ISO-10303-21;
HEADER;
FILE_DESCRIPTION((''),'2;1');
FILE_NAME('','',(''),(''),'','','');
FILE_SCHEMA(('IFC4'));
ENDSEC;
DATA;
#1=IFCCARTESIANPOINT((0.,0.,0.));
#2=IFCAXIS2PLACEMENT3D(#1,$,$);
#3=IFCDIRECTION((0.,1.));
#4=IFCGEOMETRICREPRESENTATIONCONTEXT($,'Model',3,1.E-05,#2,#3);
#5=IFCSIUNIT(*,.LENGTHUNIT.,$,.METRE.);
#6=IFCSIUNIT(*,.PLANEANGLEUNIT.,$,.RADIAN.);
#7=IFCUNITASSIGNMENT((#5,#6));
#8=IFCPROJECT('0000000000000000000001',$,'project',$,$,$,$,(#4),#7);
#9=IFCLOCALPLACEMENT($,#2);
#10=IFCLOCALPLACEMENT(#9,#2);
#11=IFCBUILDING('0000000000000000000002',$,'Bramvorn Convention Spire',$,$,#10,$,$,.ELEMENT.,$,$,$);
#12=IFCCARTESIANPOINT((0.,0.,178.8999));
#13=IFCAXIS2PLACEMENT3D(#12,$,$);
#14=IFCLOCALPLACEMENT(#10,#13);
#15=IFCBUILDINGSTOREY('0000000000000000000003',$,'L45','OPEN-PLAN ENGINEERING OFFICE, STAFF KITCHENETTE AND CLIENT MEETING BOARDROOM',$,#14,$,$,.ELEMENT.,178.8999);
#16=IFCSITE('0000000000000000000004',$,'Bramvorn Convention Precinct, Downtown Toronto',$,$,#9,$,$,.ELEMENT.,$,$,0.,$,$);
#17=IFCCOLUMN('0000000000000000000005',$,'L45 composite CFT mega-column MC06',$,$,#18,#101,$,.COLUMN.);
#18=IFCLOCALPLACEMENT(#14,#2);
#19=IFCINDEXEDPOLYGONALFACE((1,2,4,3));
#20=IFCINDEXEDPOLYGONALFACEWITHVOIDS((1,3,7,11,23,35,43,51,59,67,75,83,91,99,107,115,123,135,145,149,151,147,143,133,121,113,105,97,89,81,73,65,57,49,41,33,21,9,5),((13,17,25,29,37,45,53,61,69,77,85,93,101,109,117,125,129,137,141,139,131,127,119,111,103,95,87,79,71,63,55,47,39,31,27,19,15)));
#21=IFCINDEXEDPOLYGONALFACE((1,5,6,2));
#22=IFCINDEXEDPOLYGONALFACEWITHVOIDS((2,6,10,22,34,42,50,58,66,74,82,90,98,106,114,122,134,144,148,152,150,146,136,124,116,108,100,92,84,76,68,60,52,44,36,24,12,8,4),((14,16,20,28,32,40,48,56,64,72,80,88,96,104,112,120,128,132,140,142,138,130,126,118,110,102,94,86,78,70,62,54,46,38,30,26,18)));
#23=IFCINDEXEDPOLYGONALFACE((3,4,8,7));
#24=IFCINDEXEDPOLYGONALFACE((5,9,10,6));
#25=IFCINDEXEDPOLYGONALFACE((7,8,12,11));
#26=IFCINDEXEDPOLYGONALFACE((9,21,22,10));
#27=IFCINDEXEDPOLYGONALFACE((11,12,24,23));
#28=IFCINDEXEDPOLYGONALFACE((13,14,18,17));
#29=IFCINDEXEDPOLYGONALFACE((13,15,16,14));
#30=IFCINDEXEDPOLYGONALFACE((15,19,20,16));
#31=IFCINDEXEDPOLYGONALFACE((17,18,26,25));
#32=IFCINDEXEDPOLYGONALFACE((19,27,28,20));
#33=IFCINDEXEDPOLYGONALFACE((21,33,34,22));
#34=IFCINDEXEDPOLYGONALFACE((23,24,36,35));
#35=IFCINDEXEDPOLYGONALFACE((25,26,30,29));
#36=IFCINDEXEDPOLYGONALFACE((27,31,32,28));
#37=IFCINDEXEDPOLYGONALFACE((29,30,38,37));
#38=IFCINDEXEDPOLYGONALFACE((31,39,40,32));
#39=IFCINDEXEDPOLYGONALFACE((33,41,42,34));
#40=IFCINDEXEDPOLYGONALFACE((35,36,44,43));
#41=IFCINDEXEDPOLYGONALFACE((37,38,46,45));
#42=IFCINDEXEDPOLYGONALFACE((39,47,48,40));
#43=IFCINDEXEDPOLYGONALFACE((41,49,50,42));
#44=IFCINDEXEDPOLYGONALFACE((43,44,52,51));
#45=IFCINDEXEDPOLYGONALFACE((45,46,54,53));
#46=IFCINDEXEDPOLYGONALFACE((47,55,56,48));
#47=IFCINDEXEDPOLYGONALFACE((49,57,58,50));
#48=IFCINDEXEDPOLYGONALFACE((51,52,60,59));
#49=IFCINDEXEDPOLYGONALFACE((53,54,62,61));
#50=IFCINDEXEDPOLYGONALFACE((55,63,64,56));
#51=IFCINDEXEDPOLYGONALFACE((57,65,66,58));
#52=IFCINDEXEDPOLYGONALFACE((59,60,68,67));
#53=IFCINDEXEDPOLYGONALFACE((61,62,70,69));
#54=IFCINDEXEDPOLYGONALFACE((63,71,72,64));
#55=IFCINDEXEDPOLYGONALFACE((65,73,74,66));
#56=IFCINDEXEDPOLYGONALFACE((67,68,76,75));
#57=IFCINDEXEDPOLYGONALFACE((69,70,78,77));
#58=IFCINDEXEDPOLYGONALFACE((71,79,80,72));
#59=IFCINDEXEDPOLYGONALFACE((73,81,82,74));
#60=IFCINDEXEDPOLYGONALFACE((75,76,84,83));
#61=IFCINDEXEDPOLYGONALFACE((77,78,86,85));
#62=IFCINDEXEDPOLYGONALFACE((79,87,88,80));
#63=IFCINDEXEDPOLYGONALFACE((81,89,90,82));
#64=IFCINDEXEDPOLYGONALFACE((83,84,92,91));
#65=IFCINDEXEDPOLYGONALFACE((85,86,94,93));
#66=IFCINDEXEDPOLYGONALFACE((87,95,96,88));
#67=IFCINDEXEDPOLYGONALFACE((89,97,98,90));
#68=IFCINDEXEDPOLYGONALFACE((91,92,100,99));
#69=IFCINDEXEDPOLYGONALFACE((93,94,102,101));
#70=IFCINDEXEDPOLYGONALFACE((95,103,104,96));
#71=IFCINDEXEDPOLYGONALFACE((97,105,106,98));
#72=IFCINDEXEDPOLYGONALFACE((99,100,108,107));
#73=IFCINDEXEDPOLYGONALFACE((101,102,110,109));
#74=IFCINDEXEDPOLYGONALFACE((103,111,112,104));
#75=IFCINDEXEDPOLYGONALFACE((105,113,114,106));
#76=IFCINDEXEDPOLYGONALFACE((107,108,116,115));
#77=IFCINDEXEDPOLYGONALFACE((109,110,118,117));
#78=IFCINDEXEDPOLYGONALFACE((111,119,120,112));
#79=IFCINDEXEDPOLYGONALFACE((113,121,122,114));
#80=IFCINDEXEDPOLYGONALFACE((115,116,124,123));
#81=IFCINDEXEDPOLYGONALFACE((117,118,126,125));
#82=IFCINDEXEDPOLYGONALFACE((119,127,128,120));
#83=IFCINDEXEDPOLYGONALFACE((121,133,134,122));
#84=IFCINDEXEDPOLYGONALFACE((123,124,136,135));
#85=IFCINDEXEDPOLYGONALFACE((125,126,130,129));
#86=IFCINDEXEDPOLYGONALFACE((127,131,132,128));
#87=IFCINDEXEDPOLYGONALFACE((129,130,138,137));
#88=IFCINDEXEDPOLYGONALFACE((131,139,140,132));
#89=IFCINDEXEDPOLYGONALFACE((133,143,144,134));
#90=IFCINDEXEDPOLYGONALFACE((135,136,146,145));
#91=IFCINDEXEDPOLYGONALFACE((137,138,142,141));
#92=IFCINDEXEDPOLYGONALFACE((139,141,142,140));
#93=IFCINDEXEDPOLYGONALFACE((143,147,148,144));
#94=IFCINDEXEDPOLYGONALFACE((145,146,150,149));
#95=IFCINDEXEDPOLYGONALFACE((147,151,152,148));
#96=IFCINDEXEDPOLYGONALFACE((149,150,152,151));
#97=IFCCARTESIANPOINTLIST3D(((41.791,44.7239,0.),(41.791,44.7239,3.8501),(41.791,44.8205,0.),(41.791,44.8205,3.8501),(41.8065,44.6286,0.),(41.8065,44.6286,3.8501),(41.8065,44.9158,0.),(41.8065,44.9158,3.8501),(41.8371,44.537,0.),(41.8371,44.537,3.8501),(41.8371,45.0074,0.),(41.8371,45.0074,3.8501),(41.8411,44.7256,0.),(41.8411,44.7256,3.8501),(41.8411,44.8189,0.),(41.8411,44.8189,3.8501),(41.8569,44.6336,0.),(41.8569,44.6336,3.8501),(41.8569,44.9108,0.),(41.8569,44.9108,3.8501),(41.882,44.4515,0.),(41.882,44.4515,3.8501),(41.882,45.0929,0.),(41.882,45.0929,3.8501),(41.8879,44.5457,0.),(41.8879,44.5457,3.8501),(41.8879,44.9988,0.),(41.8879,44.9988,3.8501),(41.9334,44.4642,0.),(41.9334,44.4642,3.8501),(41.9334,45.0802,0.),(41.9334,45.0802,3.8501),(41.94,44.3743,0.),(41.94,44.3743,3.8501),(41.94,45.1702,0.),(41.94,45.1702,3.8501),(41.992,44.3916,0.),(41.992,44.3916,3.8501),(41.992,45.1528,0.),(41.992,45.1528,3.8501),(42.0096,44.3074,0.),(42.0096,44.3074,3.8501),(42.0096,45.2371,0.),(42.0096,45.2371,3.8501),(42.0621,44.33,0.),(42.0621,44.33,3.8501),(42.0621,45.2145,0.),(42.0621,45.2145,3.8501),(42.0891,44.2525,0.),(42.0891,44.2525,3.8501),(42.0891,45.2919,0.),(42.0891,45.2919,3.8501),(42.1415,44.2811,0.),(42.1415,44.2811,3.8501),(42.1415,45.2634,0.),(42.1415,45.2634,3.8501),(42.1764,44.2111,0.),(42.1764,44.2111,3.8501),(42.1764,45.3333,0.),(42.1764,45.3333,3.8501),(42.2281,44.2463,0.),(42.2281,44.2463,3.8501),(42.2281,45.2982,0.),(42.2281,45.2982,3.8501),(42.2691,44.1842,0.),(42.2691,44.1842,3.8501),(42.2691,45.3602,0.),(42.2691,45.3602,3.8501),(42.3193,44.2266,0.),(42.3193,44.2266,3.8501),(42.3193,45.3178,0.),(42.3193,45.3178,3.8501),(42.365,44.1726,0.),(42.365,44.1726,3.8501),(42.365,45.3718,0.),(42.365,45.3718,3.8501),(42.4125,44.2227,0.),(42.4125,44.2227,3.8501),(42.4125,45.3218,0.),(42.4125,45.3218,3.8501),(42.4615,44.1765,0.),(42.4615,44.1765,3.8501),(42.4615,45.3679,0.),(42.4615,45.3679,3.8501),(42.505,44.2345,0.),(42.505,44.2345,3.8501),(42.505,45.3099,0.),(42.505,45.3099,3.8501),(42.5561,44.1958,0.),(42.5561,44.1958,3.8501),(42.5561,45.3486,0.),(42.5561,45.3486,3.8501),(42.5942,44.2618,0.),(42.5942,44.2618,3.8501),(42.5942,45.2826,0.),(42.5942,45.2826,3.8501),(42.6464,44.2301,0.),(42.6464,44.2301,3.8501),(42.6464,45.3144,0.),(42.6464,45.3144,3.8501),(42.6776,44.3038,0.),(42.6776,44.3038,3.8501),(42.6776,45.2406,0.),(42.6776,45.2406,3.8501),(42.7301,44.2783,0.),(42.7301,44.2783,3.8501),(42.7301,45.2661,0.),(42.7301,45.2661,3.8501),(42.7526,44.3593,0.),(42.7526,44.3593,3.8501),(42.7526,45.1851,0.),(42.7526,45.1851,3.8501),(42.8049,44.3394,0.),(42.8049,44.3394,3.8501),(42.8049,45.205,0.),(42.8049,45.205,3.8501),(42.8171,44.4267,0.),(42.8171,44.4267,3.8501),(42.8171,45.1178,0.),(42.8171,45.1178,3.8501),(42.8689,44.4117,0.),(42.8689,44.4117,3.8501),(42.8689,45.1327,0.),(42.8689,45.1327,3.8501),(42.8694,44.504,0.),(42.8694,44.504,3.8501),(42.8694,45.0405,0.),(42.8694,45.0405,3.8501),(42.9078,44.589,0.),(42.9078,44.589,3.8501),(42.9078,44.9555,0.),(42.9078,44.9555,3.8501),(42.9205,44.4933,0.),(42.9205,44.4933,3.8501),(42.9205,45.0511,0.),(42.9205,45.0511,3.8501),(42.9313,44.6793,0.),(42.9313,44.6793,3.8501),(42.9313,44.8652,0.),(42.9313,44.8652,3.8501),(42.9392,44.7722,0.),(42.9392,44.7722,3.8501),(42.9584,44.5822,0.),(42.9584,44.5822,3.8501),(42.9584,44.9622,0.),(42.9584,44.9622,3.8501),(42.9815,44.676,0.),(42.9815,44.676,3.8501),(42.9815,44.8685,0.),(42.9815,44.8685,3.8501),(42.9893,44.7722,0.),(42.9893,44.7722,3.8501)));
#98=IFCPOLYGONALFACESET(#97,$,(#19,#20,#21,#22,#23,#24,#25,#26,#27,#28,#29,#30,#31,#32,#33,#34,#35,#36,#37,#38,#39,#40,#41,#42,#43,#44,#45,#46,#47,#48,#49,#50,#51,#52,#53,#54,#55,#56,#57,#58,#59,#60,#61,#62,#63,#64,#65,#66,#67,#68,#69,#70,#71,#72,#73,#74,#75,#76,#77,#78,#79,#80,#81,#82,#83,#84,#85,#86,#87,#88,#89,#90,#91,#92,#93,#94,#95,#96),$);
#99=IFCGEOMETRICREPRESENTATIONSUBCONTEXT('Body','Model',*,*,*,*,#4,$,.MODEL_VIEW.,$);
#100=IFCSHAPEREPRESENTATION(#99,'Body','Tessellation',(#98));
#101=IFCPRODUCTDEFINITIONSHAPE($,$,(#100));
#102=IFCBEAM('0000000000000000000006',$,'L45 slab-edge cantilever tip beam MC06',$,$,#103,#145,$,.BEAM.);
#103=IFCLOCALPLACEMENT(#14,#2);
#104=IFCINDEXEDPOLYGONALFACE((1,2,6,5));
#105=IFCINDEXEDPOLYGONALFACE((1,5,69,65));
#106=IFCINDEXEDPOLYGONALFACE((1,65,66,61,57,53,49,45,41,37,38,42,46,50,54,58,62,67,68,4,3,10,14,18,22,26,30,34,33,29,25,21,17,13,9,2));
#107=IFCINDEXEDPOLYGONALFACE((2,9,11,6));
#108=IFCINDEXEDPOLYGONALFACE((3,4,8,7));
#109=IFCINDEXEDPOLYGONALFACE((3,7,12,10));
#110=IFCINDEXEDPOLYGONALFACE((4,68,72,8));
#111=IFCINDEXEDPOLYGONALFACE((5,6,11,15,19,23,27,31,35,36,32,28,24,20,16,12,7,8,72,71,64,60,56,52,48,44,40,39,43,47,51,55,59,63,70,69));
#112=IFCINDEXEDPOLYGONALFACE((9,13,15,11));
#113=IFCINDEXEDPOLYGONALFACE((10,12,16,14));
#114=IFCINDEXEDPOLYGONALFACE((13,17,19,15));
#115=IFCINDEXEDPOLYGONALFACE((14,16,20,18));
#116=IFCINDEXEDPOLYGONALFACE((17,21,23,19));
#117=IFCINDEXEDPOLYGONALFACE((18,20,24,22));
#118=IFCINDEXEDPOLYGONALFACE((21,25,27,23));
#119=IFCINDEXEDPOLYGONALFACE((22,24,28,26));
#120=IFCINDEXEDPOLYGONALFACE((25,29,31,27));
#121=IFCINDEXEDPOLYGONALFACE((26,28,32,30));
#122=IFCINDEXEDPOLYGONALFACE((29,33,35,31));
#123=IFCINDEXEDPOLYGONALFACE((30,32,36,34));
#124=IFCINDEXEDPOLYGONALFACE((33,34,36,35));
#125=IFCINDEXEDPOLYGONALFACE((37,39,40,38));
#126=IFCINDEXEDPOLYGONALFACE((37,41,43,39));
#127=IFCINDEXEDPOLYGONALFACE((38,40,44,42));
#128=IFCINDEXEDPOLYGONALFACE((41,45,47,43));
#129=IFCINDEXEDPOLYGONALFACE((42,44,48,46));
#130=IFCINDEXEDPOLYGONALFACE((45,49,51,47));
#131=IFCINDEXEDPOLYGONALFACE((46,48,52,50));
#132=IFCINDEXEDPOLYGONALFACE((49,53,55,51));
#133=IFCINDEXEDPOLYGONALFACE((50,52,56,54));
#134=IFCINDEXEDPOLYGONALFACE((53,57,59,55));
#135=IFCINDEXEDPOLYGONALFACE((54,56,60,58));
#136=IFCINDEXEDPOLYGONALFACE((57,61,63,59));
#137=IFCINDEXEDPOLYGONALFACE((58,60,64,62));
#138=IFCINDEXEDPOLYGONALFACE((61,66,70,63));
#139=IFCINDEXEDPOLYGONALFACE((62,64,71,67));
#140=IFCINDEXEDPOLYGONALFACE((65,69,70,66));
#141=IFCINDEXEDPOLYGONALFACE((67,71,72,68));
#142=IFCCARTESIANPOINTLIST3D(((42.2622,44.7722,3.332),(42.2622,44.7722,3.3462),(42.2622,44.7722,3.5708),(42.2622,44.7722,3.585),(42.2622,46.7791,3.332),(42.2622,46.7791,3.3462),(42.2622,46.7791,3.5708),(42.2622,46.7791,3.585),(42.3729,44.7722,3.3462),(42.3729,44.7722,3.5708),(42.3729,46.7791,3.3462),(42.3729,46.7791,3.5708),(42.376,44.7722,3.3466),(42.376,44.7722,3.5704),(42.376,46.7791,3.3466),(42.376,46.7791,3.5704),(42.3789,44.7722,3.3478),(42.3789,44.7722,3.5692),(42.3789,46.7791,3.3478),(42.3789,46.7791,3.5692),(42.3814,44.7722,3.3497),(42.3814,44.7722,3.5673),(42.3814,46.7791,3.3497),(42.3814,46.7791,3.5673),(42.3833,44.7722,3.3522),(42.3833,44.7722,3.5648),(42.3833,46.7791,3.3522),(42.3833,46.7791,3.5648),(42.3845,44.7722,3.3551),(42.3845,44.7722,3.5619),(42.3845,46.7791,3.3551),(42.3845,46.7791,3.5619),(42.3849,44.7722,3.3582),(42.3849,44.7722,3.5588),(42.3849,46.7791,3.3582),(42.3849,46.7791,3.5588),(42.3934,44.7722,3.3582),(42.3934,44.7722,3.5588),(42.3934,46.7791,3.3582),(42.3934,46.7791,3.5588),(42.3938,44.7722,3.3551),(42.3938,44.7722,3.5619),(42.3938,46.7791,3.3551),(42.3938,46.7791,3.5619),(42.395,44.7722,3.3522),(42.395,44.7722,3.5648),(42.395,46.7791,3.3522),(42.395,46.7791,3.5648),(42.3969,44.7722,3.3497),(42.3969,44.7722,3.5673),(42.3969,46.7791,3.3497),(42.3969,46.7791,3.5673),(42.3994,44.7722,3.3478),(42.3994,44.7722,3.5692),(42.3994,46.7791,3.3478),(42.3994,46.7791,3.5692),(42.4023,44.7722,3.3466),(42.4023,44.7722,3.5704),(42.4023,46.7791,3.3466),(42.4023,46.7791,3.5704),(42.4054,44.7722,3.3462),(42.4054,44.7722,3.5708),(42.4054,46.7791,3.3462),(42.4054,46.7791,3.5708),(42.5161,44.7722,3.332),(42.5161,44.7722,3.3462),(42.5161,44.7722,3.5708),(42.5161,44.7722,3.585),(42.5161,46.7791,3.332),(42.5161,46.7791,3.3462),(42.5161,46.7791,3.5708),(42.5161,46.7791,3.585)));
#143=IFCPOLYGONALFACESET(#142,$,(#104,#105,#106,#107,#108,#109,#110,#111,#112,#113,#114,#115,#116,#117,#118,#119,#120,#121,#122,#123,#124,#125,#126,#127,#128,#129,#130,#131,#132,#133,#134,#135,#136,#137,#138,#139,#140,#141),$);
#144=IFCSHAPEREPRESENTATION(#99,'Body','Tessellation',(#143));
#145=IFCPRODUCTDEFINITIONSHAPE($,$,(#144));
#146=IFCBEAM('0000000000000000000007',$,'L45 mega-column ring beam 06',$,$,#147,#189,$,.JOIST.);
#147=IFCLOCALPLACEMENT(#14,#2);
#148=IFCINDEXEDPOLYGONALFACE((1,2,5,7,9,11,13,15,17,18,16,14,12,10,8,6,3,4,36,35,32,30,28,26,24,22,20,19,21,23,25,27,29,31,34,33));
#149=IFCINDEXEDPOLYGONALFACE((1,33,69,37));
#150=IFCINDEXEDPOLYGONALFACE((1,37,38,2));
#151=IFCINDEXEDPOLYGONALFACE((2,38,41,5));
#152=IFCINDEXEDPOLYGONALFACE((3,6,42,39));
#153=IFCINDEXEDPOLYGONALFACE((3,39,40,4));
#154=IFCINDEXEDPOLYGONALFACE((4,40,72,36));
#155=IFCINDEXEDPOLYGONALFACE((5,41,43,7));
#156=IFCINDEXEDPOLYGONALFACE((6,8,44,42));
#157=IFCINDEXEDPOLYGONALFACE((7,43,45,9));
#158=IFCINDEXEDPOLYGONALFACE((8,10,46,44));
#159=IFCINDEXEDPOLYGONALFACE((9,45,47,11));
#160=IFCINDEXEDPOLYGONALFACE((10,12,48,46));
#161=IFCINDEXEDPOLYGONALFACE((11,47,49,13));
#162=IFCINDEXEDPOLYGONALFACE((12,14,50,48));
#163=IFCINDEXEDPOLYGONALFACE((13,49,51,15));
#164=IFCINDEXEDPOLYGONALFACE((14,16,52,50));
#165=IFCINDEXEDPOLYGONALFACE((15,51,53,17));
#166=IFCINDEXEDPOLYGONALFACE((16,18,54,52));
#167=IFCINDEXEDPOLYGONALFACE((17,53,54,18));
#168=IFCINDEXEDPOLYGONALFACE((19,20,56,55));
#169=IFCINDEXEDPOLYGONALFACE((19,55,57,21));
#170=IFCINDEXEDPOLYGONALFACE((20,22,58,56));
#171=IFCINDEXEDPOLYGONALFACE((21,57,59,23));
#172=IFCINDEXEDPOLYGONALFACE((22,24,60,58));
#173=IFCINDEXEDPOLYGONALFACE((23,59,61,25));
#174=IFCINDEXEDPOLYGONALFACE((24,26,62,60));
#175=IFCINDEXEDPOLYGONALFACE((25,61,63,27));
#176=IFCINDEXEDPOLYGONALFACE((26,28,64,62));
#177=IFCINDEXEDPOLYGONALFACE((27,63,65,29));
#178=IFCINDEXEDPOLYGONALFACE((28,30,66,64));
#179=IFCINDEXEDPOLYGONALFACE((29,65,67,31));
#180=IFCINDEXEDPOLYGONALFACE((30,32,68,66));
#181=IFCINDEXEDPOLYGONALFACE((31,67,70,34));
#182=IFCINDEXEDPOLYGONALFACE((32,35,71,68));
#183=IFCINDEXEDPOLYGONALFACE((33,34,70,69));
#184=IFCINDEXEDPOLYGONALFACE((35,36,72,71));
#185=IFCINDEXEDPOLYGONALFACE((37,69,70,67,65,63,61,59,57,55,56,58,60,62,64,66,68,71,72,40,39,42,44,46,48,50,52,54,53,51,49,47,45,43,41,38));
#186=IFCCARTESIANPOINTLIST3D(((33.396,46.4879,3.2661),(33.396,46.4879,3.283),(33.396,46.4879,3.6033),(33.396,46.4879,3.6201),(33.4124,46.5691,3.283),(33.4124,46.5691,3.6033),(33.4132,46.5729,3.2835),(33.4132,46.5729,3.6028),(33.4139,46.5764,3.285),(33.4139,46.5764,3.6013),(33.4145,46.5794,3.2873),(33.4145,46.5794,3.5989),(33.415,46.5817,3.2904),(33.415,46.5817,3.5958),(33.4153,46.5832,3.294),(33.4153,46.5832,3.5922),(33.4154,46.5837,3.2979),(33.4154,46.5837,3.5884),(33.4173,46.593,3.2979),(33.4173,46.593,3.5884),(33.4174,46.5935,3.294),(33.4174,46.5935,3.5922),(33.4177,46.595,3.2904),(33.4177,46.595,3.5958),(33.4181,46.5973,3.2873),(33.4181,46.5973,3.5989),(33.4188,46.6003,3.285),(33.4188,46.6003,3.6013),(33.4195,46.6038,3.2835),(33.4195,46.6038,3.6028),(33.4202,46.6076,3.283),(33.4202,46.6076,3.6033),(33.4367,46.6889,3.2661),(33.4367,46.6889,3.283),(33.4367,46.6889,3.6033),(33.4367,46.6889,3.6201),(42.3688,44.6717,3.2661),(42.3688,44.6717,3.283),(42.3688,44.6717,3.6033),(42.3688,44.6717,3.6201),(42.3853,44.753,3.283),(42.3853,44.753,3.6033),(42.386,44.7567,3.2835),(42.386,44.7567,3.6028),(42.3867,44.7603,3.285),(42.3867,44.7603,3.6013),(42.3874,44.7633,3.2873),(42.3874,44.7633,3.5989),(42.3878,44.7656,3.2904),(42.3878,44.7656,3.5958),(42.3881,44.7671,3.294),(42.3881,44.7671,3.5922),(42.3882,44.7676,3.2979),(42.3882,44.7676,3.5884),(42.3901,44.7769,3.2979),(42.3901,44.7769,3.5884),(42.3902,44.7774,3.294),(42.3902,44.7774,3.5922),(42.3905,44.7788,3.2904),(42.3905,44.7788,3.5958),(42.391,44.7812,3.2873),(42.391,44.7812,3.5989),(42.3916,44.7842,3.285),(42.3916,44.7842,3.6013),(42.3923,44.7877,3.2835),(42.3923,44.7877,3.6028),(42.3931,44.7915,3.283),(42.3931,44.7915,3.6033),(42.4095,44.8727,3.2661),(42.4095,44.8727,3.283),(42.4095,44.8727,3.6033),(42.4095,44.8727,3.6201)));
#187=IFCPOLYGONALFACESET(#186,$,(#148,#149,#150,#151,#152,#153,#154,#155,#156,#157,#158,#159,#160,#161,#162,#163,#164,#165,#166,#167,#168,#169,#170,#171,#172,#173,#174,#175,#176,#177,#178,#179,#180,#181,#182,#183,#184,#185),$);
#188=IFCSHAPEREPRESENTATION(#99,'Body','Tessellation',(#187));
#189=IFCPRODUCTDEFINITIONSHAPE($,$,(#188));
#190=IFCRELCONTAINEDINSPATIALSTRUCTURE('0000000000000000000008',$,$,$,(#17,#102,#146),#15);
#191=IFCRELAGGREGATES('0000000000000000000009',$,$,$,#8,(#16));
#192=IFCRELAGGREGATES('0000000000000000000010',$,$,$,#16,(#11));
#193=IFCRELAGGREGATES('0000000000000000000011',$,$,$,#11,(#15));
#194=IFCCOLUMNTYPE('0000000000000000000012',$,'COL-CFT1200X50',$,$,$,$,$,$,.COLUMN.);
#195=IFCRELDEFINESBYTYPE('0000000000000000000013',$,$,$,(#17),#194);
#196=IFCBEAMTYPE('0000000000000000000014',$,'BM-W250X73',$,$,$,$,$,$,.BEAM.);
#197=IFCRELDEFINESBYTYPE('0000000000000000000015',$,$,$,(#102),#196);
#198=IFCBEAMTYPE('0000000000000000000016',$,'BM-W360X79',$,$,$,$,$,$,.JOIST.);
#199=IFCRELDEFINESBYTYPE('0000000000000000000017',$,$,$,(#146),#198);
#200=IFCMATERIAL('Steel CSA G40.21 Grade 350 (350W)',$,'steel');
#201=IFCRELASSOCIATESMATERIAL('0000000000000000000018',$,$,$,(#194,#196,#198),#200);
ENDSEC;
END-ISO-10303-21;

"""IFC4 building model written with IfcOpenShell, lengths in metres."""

from ifc_helpers import new_model, si_unit, direction, frame, origin, origin_2d, place, context, subcontext, project, spatial, hollow_circle, i_section, extrude, material, material_profile, profile_set, type_object, element, save


model = new_model("IFC4")

# Units and contexts
model_context = context("Model", 3, precision=1e-05, world=origin(), true_north=direction((0.0, 1.0)))
body_context = subcontext(model_context, "Body", "Model", "MODEL_VIEW")
ifc_project = project(units=[si_unit("LENGTHUNIT", "METRE"), si_unit("PLANEANGLEUNIT", "RADIAN")], contexts=[model_context])

# Site, building, storey
site_placement = place(None, origin())
site = spatial("IfcSite", under=ifc_project, at=site_placement, Name="Bramvorn Convention Precinct, Downtown Toronto", CompositionType="ELEMENT", RefElevation=0.0)
building_placement = place(site_placement, origin())
building = spatial("IfcBuilding", under=site, at=building_placement, Name="Bramvorn Convention Spire", CompositionType="ELEMENT")
storey_placement = place(building_placement, frame((0.0, 0.0, 178.8999)))
storey = spatial("IfcBuildingStorey", under=building, at=storey_placement, Name="L45", Description="OPEN-PLAN ENGINEERING OFFICE, STAFF KITCHENETTE AND CLIENT MEETING BOARDROOM", CompositionType="ELEMENT", Elevation=178.8999)

# Column
ifc_material_1 = material(Name="Steel CSA G40.21 Grade 350 (350W)", Category="steel")
ifc_material_profile_1 = material_profile(ifc_material_1, hollow_circle(Radius=0.6001, WallThickness=0.05, at=origin_2d()))
ifc_profile_set_1 = profile_set([ifc_material_profile_1], Name="Steel CSA G40.21 Grade 350 (350W) - CFT1200X50")
column_type = type_object("IfcColumnType", Name="COL-CFT1200X50", PredefinedType="COLUMN", material=ifc_profile_set_1)
column_placement = place(storey_placement, frame((42.3892, 44.7722, 0.0), z_axis=(0.0, 0.0, 1.0), x_axis=(1.0, 0.0, 0.0)))
element("IfcColumn", 1, at=column_placement, inside=storey, type_object=column_type, Name="L45 composite CFT mega-column MC06", PredefinedType="COLUMN", context=body_context, shape_type="SweptSolid", body=[
    extrude(hollow_circle(Radius=0.6001, WallThickness=0.05, at=origin_2d()), origin(), (0.0, 0.0, 1.0), 3.8501),
])

# Beams
ifc_material_profile_2 = material_profile(ifc_material_1, i_section(OverallWidth=0.2539, OverallDepth=0.2529, WebThickness=0.0085, FlangeThickness=0.0142, FilletRadius=0.012, at=origin_2d()))
ifc_profile_set_2 = profile_set([ifc_material_profile_2], Name="Steel CSA G40.21 Grade 350 (350W) - W250X73")
beam_type_1 = type_object("IfcBeamType", Name="BM-W250X73", PredefinedType="BEAM", material=ifc_profile_set_2)
beam_1_placement = place(storey_placement, frame((42.3892, 44.7722, 3.4585), z_axis=(0.0, 1.0, 0.0), x_axis=(-1.0, 0.0, 0.0)))
element("IfcBeam", 2, at=beam_1_placement, inside=storey, type_object=beam_type_1, Name="L45 slab-edge cantilever tip beam MC06", PredefinedType="BEAM", context=body_context, shape_type="SweptSolid", body=[
    extrude(i_section(OverallWidth=0.2539, OverallDepth=0.2529, WebThickness=0.0085, FlangeThickness=0.0142, FilletRadius=0.012, at=origin_2d()), origin(), (0.0, 0.0, 1.0), 2.0068),
])
ifc_material_profile_3 = material_profile(ifc_material_1, i_section(OverallWidth=0.2051, OverallDepth=0.354, WebThickness=0.0095, FlangeThickness=0.0168, FilletRadius=0.0149, at=origin_2d()))
ifc_profile_set_3 = profile_set([ifc_material_profile_3], Name="Steel CSA G40.21 Grade 350 (350W) - W360X79")
beam_type_2 = type_object("IfcBeamType", Name="BM-W360X79", PredefinedType="JOIST", material=ifc_profile_set_3)
beam_2_placement = place(storey_placement, frame((42.3892, 44.7722, 3.4431), z_axis=(-0.980125, 0.198382, 0.0), x_axis=(-0.198382, -0.980125, 0.0)))
element("IfcBeam", 3, at=beam_2_placement, inside=storey, type_object=beam_type_2, Name="L45 mega-column ring beam 06", PredefinedType="JOIST", context=body_context, shape_type="SweptSolid", body=[
    extrude(i_section(OverallWidth=0.2051, OverallDepth=0.354, WebThickness=0.0095, FlangeThickness=0.0168, FilletRadius=0.0149, at=origin_2d()), origin(), (0.0, 0.0, 1.0), 9.1548),
])

save(model, "model.ifc")
